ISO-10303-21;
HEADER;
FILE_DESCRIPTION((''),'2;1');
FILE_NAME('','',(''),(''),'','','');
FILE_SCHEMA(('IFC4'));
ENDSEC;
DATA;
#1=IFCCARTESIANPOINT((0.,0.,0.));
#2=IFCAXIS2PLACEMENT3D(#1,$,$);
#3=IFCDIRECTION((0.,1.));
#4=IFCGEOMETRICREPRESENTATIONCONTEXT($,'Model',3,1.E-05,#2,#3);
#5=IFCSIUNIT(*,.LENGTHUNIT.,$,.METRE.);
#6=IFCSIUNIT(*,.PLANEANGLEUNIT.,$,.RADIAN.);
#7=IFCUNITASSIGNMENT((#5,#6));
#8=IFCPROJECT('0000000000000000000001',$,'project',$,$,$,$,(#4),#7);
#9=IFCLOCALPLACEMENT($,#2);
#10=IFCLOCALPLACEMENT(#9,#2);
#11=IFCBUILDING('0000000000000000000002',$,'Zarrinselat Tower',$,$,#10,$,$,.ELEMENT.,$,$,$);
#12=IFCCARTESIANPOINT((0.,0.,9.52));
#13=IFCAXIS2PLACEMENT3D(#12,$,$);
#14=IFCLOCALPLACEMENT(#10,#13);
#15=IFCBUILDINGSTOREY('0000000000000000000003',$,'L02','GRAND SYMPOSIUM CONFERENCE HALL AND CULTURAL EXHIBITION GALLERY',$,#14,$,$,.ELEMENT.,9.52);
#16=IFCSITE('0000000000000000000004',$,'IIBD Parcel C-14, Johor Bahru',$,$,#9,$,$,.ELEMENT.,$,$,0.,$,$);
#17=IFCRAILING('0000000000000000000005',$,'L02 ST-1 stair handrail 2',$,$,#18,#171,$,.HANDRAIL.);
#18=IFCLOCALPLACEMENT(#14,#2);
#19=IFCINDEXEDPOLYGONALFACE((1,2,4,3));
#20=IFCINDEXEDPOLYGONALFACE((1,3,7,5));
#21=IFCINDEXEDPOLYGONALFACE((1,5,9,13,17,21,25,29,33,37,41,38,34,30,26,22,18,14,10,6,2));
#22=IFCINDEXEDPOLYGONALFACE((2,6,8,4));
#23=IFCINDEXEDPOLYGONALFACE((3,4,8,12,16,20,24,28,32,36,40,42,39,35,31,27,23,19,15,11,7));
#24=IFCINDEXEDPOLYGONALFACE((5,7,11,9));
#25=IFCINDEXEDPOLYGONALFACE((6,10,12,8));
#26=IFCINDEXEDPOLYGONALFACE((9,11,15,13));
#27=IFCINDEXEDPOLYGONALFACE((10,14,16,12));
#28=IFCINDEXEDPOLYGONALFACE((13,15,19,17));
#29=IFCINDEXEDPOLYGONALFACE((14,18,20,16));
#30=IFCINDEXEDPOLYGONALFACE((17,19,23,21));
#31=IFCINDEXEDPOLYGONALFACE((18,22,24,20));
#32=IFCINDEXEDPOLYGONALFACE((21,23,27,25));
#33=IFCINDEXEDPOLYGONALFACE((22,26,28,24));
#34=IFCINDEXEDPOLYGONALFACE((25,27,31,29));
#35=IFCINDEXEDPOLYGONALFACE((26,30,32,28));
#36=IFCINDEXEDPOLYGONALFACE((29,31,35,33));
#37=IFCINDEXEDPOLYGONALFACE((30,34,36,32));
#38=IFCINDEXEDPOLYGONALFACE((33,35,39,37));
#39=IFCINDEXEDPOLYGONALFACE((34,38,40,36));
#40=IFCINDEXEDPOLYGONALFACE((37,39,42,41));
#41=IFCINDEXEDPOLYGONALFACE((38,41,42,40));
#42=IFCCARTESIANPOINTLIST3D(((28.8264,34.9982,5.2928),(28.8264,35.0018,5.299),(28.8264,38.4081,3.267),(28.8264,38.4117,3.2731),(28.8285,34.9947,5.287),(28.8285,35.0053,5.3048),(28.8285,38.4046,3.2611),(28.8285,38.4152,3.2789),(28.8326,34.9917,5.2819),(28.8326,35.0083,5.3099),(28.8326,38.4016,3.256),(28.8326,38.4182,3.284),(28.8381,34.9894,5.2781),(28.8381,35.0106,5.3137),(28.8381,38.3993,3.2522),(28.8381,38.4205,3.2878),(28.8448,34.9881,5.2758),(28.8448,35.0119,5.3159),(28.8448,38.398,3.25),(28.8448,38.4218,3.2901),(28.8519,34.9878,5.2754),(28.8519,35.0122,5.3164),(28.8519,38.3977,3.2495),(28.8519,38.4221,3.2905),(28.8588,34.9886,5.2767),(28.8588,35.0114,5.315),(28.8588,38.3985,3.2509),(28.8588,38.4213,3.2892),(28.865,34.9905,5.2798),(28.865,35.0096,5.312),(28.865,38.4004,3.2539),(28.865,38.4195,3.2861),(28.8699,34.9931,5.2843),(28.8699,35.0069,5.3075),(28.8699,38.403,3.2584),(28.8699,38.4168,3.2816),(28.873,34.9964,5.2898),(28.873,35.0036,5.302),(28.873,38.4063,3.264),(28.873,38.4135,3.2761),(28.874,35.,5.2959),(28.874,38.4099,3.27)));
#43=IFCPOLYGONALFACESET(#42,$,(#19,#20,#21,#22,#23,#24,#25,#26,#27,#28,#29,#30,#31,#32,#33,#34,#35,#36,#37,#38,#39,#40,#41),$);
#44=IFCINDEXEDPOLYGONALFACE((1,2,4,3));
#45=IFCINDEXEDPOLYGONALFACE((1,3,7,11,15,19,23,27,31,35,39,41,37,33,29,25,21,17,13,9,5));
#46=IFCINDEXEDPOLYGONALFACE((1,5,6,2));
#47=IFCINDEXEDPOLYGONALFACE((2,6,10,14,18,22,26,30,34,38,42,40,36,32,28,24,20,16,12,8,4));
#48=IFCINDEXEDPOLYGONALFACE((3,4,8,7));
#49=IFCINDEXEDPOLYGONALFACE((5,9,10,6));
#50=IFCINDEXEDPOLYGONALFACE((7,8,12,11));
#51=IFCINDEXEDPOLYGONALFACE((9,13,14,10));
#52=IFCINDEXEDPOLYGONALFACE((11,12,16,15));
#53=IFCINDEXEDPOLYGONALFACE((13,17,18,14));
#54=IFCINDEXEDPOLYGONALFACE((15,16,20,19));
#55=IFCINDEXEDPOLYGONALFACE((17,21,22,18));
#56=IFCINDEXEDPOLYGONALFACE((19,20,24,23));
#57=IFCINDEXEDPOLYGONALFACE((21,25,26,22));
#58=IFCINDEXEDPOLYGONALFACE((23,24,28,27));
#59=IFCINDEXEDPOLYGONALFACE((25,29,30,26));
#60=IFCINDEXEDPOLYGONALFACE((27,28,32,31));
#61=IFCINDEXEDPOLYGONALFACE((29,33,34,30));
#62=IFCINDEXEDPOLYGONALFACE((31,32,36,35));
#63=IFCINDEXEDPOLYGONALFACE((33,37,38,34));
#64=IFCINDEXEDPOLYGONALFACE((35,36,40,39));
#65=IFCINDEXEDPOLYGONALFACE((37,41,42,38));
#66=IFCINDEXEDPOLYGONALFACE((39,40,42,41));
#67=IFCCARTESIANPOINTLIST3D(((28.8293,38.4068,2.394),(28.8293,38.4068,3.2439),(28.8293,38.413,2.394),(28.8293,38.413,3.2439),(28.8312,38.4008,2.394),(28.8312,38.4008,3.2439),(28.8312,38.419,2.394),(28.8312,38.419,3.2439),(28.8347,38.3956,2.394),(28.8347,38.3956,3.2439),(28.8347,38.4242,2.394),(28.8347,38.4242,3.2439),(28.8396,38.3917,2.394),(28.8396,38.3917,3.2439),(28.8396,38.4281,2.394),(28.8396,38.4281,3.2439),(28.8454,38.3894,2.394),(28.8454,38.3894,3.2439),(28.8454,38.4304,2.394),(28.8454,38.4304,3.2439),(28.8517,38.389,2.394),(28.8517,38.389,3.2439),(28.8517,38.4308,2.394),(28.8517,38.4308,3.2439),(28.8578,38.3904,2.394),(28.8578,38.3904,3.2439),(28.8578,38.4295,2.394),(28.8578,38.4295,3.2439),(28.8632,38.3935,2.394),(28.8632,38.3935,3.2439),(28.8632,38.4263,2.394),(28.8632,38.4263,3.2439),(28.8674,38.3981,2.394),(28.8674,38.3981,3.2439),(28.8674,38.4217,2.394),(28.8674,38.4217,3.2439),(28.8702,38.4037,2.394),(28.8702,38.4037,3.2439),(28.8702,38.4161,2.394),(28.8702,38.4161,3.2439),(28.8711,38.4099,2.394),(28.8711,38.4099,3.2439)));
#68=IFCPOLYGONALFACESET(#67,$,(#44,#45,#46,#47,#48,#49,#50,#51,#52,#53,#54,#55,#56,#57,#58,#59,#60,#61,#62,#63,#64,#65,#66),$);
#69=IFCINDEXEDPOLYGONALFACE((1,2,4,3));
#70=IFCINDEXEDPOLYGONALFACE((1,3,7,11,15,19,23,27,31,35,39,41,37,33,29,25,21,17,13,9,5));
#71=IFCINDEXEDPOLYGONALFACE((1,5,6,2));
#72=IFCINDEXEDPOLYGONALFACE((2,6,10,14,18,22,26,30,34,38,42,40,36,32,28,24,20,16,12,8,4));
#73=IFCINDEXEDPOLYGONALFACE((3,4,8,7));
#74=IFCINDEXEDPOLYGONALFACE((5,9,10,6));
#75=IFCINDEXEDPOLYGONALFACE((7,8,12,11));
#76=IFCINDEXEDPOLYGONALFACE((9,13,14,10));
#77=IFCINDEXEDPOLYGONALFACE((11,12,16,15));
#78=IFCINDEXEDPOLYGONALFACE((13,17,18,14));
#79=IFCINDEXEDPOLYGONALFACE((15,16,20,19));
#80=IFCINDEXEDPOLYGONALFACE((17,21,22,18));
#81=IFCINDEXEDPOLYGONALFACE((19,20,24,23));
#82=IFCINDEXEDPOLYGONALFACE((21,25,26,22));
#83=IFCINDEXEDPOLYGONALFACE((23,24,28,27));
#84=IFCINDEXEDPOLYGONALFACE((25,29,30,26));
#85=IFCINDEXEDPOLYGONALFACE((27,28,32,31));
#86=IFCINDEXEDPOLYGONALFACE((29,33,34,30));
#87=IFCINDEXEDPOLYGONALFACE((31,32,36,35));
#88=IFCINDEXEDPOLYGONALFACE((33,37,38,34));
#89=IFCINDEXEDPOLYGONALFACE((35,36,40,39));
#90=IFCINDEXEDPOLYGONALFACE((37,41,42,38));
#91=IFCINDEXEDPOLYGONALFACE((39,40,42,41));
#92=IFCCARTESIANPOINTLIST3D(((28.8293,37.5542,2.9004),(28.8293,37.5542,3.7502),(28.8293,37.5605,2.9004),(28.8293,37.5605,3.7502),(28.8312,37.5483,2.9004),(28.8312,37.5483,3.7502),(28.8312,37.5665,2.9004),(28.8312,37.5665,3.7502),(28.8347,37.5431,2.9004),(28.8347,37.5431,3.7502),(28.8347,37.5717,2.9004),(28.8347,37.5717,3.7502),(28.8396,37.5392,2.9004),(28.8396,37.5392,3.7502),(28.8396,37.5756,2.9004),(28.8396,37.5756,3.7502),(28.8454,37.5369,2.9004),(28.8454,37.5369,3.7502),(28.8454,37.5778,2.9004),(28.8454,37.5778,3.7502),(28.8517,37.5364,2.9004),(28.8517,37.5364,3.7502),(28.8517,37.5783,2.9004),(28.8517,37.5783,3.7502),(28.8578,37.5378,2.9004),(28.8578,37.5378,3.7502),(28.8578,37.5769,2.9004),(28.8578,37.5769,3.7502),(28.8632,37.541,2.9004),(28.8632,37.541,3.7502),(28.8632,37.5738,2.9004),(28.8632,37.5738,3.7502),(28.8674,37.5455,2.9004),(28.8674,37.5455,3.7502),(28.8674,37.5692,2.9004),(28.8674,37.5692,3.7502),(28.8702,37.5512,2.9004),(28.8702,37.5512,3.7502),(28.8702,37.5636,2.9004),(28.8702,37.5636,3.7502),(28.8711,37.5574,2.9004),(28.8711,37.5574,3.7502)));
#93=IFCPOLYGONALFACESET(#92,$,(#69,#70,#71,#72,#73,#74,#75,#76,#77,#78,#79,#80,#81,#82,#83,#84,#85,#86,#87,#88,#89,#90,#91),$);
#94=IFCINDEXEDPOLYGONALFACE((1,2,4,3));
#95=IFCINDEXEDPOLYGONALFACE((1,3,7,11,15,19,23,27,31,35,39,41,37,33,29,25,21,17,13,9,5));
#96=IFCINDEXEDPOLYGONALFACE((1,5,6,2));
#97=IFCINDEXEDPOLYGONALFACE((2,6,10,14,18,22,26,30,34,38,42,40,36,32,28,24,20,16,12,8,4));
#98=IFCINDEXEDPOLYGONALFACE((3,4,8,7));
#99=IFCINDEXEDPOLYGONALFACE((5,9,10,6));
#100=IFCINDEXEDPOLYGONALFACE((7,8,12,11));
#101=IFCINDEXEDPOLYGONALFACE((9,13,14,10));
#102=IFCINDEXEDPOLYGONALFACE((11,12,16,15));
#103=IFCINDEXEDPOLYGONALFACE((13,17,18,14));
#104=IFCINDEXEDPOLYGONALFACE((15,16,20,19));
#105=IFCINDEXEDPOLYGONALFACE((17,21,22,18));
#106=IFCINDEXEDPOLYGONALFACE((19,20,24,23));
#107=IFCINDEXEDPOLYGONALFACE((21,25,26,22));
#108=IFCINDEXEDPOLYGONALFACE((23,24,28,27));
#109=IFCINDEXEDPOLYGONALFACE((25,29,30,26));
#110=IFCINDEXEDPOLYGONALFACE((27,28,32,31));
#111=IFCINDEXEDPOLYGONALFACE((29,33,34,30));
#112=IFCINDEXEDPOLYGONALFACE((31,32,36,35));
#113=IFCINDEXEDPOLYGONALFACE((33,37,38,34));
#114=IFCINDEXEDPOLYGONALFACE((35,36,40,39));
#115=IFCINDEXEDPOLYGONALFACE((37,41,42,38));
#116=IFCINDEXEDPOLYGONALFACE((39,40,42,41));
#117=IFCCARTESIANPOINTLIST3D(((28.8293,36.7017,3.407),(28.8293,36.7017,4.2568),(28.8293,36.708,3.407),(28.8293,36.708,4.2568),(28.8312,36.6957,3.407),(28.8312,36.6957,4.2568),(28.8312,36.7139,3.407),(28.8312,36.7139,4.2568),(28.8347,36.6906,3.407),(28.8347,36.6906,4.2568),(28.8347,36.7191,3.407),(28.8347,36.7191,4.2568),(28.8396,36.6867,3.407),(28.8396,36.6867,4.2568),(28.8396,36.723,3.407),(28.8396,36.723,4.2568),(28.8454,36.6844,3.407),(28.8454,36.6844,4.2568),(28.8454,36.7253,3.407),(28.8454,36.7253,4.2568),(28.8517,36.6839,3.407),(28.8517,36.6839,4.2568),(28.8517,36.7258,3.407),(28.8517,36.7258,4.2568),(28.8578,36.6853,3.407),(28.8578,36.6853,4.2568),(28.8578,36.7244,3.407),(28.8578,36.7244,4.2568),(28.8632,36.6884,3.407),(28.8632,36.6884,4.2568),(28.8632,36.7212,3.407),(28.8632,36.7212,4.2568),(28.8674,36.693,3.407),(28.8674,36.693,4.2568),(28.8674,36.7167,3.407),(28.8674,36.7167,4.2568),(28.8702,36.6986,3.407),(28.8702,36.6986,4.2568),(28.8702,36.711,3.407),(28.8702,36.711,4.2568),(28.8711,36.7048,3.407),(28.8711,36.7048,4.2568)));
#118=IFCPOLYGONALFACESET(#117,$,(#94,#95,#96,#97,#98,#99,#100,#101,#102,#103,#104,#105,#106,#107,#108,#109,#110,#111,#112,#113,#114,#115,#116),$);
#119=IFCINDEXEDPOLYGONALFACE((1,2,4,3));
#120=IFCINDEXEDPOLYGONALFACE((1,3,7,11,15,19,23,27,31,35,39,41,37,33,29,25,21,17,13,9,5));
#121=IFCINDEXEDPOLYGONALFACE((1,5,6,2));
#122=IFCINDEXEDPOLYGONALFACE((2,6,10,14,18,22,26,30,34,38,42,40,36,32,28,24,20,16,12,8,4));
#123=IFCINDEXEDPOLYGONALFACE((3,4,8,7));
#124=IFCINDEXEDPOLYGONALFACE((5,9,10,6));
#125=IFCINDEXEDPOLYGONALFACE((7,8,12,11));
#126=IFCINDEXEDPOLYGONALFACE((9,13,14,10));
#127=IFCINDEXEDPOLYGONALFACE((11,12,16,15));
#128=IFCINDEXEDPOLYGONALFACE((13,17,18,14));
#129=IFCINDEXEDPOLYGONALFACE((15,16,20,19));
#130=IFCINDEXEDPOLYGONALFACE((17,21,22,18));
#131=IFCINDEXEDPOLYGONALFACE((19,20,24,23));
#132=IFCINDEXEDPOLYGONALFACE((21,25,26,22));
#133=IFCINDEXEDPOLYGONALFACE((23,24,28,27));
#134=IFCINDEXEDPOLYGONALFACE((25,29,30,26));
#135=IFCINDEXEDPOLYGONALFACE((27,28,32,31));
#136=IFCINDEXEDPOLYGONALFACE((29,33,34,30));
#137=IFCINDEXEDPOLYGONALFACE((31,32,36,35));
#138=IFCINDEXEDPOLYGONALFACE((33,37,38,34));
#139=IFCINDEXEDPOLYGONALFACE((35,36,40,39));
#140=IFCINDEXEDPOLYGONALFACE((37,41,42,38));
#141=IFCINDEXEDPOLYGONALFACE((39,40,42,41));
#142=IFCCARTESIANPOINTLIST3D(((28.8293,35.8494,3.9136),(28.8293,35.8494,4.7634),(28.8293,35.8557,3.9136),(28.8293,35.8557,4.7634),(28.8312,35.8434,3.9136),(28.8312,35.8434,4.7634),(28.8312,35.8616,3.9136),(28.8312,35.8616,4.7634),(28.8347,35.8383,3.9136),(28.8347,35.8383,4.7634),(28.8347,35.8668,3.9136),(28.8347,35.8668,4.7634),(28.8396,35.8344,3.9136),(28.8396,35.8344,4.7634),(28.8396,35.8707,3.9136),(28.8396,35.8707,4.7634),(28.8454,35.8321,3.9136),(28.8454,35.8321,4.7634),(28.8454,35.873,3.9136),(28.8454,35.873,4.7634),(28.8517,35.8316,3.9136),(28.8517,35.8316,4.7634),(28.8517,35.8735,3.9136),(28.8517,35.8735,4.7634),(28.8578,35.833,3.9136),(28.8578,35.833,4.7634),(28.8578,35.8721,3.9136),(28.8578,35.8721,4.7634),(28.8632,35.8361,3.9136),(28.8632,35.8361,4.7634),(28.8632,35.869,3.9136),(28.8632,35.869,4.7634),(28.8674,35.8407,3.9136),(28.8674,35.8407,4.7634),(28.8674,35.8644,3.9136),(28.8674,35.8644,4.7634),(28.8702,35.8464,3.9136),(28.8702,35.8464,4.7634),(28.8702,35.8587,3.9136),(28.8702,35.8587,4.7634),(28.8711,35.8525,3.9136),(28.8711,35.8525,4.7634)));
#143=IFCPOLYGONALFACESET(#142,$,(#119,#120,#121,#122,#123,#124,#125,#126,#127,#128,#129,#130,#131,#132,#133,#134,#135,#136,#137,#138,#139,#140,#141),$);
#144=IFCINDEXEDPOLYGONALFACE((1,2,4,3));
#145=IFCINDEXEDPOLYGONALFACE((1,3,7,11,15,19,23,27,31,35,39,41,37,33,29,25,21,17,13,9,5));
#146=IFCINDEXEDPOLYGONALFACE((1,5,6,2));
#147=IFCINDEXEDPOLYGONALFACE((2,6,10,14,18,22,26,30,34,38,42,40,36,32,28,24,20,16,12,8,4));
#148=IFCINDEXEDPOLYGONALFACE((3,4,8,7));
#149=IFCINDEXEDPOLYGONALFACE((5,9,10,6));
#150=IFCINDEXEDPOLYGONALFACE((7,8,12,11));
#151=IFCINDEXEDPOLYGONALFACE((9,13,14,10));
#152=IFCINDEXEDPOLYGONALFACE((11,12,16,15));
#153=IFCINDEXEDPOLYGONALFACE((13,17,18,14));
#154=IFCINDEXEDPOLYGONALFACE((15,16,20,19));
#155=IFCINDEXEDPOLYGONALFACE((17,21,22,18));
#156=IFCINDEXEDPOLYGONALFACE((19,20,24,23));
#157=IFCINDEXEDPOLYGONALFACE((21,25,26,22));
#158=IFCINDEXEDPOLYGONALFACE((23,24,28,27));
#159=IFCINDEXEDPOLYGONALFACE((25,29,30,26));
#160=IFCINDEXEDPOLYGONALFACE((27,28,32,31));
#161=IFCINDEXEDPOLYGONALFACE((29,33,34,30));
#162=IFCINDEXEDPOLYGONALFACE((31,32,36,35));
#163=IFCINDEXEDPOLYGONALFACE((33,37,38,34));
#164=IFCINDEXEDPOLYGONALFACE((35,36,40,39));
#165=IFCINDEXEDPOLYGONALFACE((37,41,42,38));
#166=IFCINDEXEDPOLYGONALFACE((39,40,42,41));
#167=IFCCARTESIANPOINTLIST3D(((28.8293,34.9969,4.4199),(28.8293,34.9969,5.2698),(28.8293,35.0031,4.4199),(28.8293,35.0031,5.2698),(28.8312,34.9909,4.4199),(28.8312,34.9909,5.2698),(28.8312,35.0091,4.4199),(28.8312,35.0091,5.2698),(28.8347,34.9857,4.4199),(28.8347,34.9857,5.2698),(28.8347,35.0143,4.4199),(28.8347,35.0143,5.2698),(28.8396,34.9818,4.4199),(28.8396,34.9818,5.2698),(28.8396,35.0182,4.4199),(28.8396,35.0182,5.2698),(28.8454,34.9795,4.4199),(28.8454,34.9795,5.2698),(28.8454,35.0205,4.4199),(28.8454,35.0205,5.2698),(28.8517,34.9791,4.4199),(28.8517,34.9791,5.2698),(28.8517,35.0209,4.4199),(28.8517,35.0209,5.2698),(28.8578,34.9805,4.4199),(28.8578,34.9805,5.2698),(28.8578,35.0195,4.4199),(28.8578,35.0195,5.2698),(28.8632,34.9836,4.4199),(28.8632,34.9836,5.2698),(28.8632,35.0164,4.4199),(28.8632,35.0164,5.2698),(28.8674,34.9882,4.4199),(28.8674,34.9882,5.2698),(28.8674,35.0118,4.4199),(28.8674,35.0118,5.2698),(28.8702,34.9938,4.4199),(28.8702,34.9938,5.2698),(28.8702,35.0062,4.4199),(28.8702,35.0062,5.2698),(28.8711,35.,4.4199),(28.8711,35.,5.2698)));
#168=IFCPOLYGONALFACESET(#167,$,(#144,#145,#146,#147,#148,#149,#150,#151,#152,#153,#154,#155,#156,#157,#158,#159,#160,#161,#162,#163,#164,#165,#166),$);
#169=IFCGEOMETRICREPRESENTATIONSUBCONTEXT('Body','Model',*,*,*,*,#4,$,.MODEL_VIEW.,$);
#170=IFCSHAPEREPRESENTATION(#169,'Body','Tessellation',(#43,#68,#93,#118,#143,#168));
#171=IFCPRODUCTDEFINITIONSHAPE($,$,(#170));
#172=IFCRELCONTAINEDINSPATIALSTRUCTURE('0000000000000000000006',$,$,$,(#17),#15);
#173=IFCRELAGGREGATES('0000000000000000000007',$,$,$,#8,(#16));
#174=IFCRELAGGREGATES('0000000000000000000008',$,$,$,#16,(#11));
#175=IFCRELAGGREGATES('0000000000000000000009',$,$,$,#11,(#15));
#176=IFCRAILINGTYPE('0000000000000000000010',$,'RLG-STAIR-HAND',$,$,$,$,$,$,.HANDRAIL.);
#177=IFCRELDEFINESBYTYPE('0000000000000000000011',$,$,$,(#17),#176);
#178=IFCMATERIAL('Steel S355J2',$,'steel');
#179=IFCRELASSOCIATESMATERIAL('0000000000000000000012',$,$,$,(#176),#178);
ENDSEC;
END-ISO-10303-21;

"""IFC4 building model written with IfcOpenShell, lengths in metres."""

from ifc_helpers import new_model, si_unit, direction, frame, origin, origin_2d, place, context, subcontext, project, spatial, circle, extrude, material, type_object, element, save


model = new_model("IFC4")

# Units and contexts
model_context = context("Model", 3, precision=1e-05, world=origin(), true_north=direction((0.0, 1.0)))
body_context = subcontext(model_context, "Body", "Model", "MODEL_VIEW")
ifc_project = project(units=[si_unit("LENGTHUNIT", "METRE"), si_unit("PLANEANGLEUNIT", "RADIAN")], contexts=[model_context])

# Site, building, storey
site_placement = place(None, origin())
site = spatial("IfcSite", under=ifc_project, at=site_placement, Name="IIBD Parcel C-14, Johor Bahru", CompositionType="ELEMENT", RefElevation=0.0)
building_placement = place(site_placement, origin())
building = spatial("IfcBuilding", under=site, at=building_placement, Name="Zarrinselat Tower", CompositionType="ELEMENT")
storey_placement = place(building_placement, frame((0.0, 0.0, 9.52)))
storey = spatial("IfcBuildingStorey", under=building, at=storey_placement, Name="L02", Description="GRAND SYMPOSIUM CONFERENCE HALL AND CULTURAL EXHIBITION GALLERY", CompositionType="ELEMENT", Elevation=9.52)

# Railing
ifc_material_1 = material(Name="Steel S355J2", Category="steel")
railing_type_1 = type_object("IfcRailingType", Name="RLG-STAIR-HAND", PredefinedType="HANDRAIL", material=ifc_material_1)
railing_1_placement = place(storey_placement, frame((28.8501, 38.4099, 2.394)))
element("IfcRailing", 1, at=railing_1_placement, inside=storey, type_object=railing_type_1, Name="L02 ST-1 stair handrail 2", PredefinedType="HANDRAIL", context=body_context, shape_type="SweptSolid", body=[
    extrude(circle(Radius=0.0239, at=origin_2d()), frame((0.0, 0.0, 0.876), z_axis=(0.0, -0.859717, 0.510771), x_axis=(1.0, 0.0, 0.0)), (0.0, 0.0, 1.0), 3.9663),
    extrude(circle(Radius=0.021, at=origin_2d()), origin(), (0.0, 0.0, 1.0), 0.8499),
    extrude(circle(Radius=0.021, at=origin_2d()), frame((0.0, -0.8525, 0.5063)), (0.0, 0.0, 1.0), 0.8499),
    extrude(circle(Radius=0.021, at=origin_2d()), frame((0.0, -1.7051, 1.0129)), (0.0, 0.0, 1.0), 0.8499),
    extrude(circle(Radius=0.021, at=origin_2d()), frame((0.0, -2.5574, 1.5195)), (0.0, 0.0, 1.0), 0.8499),
    extrude(circle(Radius=0.021, at=origin_2d()), frame((0.0, -3.4099, 2.0259)), (0.0, 0.0, 1.0), 0.8499),
])

save(model, "model.ifc")
